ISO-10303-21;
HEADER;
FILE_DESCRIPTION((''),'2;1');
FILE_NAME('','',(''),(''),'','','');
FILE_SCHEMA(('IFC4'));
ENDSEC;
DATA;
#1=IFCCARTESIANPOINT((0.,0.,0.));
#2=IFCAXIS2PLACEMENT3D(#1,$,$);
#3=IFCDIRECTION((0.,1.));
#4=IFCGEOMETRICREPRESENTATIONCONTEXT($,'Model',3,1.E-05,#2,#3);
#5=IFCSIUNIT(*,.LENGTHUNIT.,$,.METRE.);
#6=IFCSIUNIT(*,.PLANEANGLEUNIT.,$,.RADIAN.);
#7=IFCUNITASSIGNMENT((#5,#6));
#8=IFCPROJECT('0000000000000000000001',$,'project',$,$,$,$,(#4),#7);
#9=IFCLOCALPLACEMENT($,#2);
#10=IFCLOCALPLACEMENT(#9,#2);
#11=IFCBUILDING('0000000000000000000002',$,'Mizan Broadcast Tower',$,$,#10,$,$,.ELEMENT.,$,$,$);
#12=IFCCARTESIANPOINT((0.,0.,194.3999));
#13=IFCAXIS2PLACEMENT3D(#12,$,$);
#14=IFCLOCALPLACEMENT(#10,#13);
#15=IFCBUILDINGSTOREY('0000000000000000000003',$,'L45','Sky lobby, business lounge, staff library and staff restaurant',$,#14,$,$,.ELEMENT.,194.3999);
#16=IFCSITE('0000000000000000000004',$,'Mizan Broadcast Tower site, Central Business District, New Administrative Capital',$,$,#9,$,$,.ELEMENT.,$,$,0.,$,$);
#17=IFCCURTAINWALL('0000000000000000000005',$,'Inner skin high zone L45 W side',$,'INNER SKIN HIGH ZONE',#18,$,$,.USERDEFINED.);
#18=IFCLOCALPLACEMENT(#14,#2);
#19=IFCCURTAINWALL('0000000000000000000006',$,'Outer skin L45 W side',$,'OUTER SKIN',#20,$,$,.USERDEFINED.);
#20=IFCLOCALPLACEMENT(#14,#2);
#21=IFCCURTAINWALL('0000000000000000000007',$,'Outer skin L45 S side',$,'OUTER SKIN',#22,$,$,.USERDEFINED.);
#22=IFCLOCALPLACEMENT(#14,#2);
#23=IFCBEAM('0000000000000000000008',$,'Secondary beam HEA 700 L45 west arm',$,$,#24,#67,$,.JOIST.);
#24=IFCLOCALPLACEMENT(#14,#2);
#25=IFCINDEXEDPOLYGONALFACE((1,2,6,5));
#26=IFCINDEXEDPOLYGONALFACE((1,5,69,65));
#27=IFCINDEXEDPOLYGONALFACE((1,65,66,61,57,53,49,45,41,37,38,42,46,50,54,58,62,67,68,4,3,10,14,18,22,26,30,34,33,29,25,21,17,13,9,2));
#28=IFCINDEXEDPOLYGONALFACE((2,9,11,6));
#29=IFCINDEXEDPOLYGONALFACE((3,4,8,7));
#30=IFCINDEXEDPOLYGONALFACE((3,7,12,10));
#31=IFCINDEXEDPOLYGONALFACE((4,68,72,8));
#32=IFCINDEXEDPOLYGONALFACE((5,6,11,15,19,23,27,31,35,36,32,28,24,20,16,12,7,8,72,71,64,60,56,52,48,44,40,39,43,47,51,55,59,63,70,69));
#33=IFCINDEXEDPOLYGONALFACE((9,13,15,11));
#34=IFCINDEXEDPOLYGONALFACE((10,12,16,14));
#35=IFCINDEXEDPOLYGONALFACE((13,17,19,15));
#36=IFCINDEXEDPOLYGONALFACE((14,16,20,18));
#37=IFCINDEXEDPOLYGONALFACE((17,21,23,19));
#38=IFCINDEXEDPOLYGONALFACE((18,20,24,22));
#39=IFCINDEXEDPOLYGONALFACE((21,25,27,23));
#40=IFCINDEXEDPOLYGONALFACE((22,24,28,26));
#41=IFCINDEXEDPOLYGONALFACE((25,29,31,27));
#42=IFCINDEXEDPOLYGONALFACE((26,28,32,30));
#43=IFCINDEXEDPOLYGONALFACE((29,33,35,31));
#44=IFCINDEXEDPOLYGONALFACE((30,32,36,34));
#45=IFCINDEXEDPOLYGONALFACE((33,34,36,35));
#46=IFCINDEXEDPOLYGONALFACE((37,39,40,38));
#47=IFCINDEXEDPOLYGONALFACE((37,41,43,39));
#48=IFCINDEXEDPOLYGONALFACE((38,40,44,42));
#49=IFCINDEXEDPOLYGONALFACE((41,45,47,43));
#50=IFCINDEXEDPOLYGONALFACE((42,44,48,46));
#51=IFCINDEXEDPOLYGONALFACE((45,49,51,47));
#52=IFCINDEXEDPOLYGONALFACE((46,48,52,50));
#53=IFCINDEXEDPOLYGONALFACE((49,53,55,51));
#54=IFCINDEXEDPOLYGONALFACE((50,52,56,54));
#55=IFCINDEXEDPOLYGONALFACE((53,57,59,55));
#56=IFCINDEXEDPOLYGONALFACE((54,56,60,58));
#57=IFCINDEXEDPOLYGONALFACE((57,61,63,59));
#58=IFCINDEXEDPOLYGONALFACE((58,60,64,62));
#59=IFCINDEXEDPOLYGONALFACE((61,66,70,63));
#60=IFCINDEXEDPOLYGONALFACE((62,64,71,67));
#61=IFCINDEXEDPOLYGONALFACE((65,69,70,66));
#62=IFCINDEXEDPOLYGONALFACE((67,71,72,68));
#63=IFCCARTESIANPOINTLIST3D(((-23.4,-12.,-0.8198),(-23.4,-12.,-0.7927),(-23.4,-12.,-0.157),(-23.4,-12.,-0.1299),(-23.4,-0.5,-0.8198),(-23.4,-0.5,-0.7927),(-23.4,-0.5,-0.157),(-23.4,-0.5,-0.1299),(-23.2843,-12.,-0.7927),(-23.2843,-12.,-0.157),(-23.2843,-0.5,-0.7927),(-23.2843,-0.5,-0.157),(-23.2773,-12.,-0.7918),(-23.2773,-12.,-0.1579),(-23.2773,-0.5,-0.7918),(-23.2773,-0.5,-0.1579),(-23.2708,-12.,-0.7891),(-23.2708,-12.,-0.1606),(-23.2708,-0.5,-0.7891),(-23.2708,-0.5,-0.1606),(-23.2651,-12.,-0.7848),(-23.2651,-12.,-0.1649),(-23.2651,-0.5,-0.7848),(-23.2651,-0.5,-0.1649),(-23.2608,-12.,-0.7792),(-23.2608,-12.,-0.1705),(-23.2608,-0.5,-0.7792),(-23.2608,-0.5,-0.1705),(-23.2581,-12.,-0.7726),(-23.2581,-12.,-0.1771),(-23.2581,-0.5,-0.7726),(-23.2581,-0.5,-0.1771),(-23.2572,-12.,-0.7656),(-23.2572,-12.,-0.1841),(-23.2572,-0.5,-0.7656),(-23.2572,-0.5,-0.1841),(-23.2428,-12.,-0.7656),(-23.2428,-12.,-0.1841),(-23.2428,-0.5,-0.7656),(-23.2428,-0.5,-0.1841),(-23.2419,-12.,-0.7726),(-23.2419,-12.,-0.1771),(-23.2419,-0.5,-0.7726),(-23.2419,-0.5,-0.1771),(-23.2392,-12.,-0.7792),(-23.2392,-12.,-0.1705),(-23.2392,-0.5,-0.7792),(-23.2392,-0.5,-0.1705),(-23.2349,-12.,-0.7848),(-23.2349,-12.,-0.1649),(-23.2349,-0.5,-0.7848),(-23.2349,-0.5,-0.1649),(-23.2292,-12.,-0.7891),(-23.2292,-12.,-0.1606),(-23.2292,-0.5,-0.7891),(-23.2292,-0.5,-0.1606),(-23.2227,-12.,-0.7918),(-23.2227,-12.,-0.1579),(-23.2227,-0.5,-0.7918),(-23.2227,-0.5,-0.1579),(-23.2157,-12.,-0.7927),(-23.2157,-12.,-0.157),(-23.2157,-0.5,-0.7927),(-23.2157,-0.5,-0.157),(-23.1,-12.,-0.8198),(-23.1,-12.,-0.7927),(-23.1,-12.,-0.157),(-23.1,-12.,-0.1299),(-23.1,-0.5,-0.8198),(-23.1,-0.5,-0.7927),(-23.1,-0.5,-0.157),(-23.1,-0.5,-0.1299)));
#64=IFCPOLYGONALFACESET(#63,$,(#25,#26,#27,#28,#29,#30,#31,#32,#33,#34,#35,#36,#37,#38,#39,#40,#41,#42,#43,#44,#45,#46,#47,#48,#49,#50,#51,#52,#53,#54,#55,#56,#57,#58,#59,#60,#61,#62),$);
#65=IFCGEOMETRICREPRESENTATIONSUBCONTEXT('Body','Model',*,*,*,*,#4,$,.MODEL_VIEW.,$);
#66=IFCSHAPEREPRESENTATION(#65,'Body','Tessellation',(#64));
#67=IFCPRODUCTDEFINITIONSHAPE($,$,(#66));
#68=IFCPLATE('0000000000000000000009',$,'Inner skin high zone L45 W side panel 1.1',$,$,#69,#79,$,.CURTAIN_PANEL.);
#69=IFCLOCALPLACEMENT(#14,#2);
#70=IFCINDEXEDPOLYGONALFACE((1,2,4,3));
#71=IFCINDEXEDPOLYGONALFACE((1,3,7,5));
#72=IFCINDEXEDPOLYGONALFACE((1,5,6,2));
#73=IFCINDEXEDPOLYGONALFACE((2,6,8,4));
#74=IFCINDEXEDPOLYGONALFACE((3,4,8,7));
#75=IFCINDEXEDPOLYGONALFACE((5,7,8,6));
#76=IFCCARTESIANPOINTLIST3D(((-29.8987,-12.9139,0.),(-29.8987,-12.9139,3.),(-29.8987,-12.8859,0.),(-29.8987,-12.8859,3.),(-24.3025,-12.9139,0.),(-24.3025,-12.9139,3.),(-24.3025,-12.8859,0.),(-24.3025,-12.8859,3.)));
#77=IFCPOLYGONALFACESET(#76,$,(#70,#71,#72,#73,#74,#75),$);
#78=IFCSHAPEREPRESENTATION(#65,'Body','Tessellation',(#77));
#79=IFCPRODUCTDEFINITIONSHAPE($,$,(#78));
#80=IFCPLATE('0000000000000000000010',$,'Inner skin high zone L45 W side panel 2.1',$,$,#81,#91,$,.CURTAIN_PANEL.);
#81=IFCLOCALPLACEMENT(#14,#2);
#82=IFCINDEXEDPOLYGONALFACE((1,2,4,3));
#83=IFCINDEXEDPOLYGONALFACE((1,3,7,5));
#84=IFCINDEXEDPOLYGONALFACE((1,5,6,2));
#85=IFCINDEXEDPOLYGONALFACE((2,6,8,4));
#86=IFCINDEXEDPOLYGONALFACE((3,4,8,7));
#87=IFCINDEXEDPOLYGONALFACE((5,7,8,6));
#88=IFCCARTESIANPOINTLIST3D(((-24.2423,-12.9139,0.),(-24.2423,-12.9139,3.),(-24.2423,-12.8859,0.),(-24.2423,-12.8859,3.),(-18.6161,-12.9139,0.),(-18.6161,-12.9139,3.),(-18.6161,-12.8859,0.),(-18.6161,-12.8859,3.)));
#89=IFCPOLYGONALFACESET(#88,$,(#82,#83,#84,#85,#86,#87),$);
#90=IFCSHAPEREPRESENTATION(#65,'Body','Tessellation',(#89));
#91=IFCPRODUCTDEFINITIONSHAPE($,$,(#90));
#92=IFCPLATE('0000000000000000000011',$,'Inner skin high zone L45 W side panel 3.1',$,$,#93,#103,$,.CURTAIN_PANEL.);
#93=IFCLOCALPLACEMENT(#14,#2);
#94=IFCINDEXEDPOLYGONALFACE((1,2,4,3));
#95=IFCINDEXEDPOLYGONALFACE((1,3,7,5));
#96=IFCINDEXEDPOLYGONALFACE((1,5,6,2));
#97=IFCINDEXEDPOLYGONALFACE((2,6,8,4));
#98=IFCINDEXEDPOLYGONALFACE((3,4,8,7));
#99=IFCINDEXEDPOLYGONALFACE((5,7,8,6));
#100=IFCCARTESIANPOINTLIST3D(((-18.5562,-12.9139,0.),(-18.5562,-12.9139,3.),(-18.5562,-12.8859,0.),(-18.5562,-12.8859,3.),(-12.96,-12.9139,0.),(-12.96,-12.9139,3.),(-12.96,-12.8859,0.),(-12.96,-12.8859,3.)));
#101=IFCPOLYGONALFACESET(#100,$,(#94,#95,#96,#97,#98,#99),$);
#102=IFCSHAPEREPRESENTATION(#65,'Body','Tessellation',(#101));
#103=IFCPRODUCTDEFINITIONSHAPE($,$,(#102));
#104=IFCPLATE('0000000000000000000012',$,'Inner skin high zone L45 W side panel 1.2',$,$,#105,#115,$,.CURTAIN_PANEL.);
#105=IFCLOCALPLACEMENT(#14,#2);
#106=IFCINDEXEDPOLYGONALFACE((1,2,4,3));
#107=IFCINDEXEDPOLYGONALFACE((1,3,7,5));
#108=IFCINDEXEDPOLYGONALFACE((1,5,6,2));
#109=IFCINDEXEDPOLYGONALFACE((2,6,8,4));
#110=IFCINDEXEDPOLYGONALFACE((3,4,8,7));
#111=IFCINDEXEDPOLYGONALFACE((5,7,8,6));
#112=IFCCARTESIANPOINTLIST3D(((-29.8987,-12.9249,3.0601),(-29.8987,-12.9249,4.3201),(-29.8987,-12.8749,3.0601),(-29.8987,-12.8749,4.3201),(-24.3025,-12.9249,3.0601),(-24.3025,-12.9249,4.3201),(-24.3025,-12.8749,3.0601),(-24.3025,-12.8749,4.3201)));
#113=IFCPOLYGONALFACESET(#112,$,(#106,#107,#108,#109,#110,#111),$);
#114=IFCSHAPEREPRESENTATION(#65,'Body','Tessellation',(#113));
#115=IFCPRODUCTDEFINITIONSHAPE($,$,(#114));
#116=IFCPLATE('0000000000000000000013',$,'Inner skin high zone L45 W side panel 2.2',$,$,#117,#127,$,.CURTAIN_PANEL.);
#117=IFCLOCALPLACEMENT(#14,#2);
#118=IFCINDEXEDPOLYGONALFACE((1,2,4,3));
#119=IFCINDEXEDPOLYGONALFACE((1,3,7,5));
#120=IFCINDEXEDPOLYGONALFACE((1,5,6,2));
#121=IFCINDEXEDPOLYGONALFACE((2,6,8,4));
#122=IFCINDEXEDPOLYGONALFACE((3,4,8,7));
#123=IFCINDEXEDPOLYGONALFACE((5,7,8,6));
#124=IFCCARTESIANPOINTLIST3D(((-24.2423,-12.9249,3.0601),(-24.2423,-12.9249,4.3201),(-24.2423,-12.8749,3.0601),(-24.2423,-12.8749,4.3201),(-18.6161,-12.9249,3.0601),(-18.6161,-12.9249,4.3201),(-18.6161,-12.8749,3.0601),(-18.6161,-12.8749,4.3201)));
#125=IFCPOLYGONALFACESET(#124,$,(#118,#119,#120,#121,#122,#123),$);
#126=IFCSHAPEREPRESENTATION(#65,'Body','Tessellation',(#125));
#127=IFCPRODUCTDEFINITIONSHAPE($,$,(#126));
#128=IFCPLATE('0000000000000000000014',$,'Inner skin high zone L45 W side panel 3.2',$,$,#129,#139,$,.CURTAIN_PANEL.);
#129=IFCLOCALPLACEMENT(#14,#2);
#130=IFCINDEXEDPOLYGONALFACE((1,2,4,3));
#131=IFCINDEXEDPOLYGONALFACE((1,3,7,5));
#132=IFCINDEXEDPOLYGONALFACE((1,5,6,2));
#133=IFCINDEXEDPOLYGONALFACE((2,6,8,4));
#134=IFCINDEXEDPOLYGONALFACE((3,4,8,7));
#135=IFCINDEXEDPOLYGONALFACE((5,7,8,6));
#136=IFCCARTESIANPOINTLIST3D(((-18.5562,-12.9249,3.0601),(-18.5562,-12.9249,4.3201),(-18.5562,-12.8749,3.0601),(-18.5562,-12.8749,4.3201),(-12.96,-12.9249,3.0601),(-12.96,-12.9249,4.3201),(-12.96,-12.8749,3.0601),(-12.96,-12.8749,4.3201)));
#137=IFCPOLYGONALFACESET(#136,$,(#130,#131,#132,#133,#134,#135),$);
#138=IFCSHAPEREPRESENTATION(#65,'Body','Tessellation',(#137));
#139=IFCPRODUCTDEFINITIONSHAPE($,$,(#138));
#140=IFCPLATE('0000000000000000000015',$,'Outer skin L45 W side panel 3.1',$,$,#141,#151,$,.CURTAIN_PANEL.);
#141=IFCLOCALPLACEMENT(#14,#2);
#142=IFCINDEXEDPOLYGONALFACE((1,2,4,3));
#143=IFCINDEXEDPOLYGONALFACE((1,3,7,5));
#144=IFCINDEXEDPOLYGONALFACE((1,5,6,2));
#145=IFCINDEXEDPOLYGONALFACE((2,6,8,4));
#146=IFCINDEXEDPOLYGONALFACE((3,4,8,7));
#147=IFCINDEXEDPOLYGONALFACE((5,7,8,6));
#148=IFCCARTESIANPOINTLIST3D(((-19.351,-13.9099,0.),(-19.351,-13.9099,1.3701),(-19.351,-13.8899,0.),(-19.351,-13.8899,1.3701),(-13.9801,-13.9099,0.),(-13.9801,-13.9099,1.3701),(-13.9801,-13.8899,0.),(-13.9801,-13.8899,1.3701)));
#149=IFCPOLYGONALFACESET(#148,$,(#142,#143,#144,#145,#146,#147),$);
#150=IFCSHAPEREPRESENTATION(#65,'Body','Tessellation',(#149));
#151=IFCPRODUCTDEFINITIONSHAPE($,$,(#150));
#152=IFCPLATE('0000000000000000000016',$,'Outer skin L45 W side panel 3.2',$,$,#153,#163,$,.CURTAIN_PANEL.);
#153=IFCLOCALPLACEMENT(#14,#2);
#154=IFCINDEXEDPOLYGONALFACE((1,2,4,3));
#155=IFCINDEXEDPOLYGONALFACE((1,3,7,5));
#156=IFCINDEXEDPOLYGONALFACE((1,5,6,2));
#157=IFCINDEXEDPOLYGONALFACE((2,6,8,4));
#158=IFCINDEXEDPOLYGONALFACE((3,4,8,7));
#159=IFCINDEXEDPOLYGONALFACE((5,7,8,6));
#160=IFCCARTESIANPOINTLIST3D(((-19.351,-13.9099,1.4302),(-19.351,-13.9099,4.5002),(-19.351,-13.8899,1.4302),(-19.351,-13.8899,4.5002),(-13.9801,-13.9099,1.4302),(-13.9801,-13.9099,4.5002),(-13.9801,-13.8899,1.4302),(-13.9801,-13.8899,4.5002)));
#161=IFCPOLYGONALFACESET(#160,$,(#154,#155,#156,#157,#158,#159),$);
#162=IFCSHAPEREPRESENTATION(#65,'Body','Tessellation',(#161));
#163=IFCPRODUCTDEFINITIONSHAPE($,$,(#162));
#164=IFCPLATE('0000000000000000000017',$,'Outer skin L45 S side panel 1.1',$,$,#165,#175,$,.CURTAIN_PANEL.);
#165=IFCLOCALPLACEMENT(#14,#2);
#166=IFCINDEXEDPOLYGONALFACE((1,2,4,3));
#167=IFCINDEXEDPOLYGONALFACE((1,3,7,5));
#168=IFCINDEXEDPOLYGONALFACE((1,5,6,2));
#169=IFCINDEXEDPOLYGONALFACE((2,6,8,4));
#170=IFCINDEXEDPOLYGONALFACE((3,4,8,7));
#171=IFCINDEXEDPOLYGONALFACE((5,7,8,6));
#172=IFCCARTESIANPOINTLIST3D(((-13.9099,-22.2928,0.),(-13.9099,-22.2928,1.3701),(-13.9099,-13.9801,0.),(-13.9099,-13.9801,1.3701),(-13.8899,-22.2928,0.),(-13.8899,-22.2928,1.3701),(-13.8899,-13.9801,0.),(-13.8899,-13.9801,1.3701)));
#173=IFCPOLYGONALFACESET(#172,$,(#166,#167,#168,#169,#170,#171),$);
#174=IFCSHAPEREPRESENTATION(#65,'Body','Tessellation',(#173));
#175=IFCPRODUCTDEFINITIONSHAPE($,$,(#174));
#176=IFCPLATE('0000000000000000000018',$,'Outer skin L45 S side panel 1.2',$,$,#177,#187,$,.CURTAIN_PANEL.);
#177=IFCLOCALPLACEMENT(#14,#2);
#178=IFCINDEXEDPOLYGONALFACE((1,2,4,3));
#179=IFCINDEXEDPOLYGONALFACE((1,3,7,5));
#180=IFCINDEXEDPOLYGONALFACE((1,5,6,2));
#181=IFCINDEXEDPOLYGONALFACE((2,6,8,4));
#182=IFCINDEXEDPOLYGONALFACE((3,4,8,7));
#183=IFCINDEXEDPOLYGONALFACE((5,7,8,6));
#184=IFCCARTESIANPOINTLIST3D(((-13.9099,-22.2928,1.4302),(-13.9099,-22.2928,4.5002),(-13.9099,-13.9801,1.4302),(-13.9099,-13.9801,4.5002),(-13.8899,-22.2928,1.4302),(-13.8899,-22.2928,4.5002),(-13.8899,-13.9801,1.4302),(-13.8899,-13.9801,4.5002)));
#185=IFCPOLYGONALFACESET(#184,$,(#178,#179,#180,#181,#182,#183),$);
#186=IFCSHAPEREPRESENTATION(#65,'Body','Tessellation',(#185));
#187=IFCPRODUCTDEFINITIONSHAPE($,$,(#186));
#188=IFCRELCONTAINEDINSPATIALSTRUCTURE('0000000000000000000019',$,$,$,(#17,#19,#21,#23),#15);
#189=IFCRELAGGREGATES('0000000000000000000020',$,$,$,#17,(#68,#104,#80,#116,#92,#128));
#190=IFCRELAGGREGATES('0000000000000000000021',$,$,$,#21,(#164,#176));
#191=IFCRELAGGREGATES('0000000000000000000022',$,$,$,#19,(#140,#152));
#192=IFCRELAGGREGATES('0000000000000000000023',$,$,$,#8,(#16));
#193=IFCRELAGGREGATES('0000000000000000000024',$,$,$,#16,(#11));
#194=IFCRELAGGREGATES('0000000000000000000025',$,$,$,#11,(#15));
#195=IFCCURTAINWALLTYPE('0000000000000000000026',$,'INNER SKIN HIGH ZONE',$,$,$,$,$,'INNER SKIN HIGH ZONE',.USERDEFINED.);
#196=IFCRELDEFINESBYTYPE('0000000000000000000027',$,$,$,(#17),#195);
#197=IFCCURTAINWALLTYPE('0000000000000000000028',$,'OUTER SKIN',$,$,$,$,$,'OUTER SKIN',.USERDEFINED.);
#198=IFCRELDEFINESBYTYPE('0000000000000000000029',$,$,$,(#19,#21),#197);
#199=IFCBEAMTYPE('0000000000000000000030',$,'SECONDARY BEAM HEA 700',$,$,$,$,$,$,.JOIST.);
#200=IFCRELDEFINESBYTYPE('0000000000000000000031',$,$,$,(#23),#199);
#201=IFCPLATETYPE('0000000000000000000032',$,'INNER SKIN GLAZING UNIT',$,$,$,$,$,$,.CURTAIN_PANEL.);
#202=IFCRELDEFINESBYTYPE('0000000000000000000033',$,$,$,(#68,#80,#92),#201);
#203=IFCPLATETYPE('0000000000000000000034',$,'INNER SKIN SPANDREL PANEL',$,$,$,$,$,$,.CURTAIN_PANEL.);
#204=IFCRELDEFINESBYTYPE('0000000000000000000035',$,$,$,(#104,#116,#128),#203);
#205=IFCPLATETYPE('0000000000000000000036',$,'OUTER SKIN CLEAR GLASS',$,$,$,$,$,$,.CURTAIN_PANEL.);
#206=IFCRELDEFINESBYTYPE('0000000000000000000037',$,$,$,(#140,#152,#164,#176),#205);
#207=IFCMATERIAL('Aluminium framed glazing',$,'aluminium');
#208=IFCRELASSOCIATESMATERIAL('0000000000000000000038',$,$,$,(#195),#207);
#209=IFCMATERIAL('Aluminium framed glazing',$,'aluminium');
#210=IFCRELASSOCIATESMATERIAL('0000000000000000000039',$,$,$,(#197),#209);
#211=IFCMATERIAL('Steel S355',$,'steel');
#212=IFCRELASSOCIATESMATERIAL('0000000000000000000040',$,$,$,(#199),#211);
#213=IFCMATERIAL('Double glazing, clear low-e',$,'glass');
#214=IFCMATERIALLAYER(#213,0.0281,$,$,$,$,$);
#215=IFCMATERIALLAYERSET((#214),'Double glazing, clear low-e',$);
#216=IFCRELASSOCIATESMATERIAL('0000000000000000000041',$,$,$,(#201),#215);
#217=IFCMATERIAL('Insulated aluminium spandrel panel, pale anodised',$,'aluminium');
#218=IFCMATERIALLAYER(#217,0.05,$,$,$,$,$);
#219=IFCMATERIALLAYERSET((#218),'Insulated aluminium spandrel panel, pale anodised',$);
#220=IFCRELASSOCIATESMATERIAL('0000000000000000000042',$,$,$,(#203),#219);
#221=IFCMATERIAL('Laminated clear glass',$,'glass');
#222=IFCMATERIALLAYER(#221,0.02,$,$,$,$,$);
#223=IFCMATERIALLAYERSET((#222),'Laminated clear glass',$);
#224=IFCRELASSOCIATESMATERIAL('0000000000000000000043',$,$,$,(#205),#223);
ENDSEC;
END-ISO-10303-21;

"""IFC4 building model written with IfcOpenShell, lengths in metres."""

from ifc_helpers import new_model, si_unit, direction, frame, origin, origin_2d, place, context, subcontext, project, spatial, rectangle, i_section, extrude, material, layer, layer_set, material_profile, profile_set, type_object, element, aggregate, save


model = new_model("IFC4")

# Units and contexts
model_context = context("Model", 3, precision=1e-05, world=origin(), true_north=direction((0.0, 1.0)))
body_context = subcontext(model_context, "Body", "Model", "MODEL_VIEW")
ifc_project = project(units=[si_unit("LENGTHUNIT", "METRE"), si_unit("PLANEANGLEUNIT", "RADIAN")], contexts=[model_context])

# Site, building, storey
site_placement = place(None, origin())
site = spatial("IfcSite", under=ifc_project, at=site_placement, Name="Mizan Broadcast Tower site, Central Business District, New Administrative Capital", CompositionType="ELEMENT", RefElevation=0.0)
building_placement = place(site_placement, origin())
building = spatial("IfcBuilding", under=site, at=building_placement, Name="Mizan Broadcast Tower", CompositionType="ELEMENT")
storey_placement = place(building_placement, frame((0.0, 0.0, 194.3999)))
storey = spatial("IfcBuildingStorey", under=building, at=storey_placement, Name="L45", Description="Sky lobby, business lounge, staff library and staff restaurant", CompositionType="ELEMENT", Elevation=194.3999)

# Curtain walls
ifc_material_1 = material(Name="Aluminium framed glazing", Category="aluminium")
curtain_wall_type_1 = type_object("IfcCurtainWallType", Name="INNER SKIN HIGH ZONE", ElementType="INNER SKIN HIGH ZONE", PredefinedType="USERDEFINED", material=ifc_material_1)
curtain_wall_1_placement = place(storey_placement, origin())
curtain_wall_1 = element("IfcCurtainWall", 1, at=curtain_wall_1_placement, inside=storey, type_object=curtain_wall_type_1, Name="Inner skin high zone L45 W side", ObjectType="INNER SKIN HIGH ZONE", PredefinedType="USERDEFINED")
ifc_material_2 = material(Name="Aluminium framed glazing", Category="aluminium")
curtain_wall_type_2 = type_object("IfcCurtainWallType", Name="OUTER SKIN", ElementType="OUTER SKIN", PredefinedType="USERDEFINED", material=ifc_material_2)
curtain_wall_2_placement = place(storey_placement, origin())
curtain_wall_2 = element("IfcCurtainWall", 2, at=curtain_wall_2_placement, inside=storey, type_object=curtain_wall_type_2, Name="Outer skin L45 W side", ObjectType="OUTER SKIN", PredefinedType="USERDEFINED")

# Curtain wall
curtain_wall_3_placement = place(storey_placement, origin())
curtain_wall_3 = element("IfcCurtainWall", 3, at=curtain_wall_3_placement, inside=storey, type_object=curtain_wall_type_2, Name="Outer skin L45 S side", ObjectType="OUTER SKIN", PredefinedType="USERDEFINED")

# Beam
ifc_material_3 = material(Name="Steel S355", Category="steel")
ifc_material_profile_1 = material_profile(ifc_material_3, i_section(OverallWidth=0.3, OverallDepth=0.6899, WebThickness=0.0144, FlangeThickness=0.0271, FilletRadius=0.0271, at=origin_2d()), Name="HEA 700")
ifc_profile_set_1 = profile_set([ifc_material_profile_1], Name="Steel S355")
beam_type_1 = type_object("IfcBeamType", Name="SECONDARY BEAM HEA 700", PredefinedType="JOIST", material=ifc_profile_set_1)
beam_1_placement = place(storey_placement, frame((-23.25, -12.0, -0.4749), z_axis=(0.0, 1.0, 0.0), x_axis=(-1.0, 0.0, 0.0)))
element("IfcBeam", 4, at=beam_1_placement, inside=storey, type_object=beam_type_1, Name="Secondary beam HEA 700 L45 west arm", PredefinedType="JOIST", context=body_context, shape_type="SweptSolid", body=[
    extrude(i_section(OverallWidth=0.3, OverallDepth=0.6899, WebThickness=0.0144, FlangeThickness=0.0271, FilletRadius=0.0271, at=origin_2d()), origin(), (0.0, 0.0, 1.0), 11.5),
])

# Plates
ifc_material_4 = material(Name="Double glazing, clear low-e", Category="glass")
ifc_layer_1 = layer(ifc_material_4, 0.0281)
ifc_layer_set_1 = layer_set([ifc_layer_1], Name="Double glazing, clear low-e")
plate_type_1 = type_object("IfcPlateType", Name="INNER SKIN GLAZING UNIT", PredefinedType="CURTAIN_PANEL", material=ifc_layer_set_1)
plate_1_placement = place(storey_placement, frame((-27.1006, -12.8999, 0.0), z_axis=(0.0, 0.0, 1.0), x_axis=(1.0, 0.0, 0.0)))
plate_1 = element("IfcPlate", 5, at=plate_1_placement, type_object=plate_type_1, Name="Inner skin high zone L45 W side panel 1.1", PredefinedType="CURTAIN_PANEL", context=body_context, shape_type="SweptSolid", body=[
    extrude(rectangle(XDim=5.5962, YDim=0.0281, at=origin_2d()), origin(), (0.0, 0.0, 1.0), 3.0),
])
plate_2_placement = place(storey_placement, frame((-21.4292, -12.8999, 0.0), z_axis=(0.0, 0.0, 1.0), x_axis=(1.0, 0.0, 0.0)))
plate_2 = element("IfcPlate", 6, at=plate_2_placement, type_object=plate_type_1, Name="Inner skin high zone L45 W side panel 2.1", PredefinedType="CURTAIN_PANEL", context=body_context, shape_type="SweptSolid", body=[
    extrude(rectangle(XDim=5.6262, YDim=0.0281, at=origin_2d()), origin(), (0.0, 0.0, 1.0), 3.0),
])
plate_3_placement = place(storey_placement, frame((-15.7581, -12.8999, 0.0), z_axis=(0.0, 0.0, 1.0), x_axis=(1.0, 0.0, 0.0)))
plate_3 = element("IfcPlate", 7, at=plate_3_placement, type_object=plate_type_1, Name="Inner skin high zone L45 W side panel 3.1", PredefinedType="CURTAIN_PANEL", context=body_context, shape_type="SweptSolid", body=[
    extrude(rectangle(XDim=5.5962, YDim=0.0281, at=origin_2d()), origin(), (0.0, 0.0, 1.0), 3.0),
])
ifc_material_5 = material(Name="Insulated aluminium spandrel panel, pale anodised", Category="aluminium")
ifc_layer_2 = layer(ifc_material_5, 0.05)
ifc_layer_set_2 = layer_set([ifc_layer_2], Name="Insulated aluminium spandrel panel, pale anodised")
plate_type_2 = type_object("IfcPlateType", Name="INNER SKIN SPANDREL PANEL", PredefinedType="CURTAIN_PANEL", material=ifc_layer_set_2)
plate_4_placement = place(storey_placement, frame((-27.1006, -12.8999, 3.0601), z_axis=(0.0, 0.0, 1.0), x_axis=(1.0, 0.0, 0.0)))
plate_4 = element("IfcPlate", 8, at=plate_4_placement, type_object=plate_type_2, Name="Inner skin high zone L45 W side panel 1.2", PredefinedType="CURTAIN_PANEL", context=body_context, shape_type="SweptSolid", body=[
    extrude(rectangle(XDim=5.5962, YDim=0.05, at=origin_2d()), origin(), (0.0, 0.0, 1.0), 1.26),
])
plate_5_placement = place(storey_placement, frame((-21.4292, -12.8999, 3.0601), z_axis=(0.0, 0.0, 1.0), x_axis=(1.0, 0.0, 0.0)))
plate_5 = element("IfcPlate", 9, at=plate_5_placement, type_object=plate_type_2, Name="Inner skin high zone L45 W side panel 2.2", PredefinedType="CURTAIN_PANEL", context=body_context, shape_type="SweptSolid", body=[
    extrude(rectangle(XDim=5.6262, YDim=0.05, at=origin_2d()), origin(), (0.0, 0.0, 1.0), 1.26),
])
plate_6_placement = place(storey_placement, frame((-15.7581, -12.8999, 3.0601), z_axis=(0.0, 0.0, 1.0), x_axis=(1.0, 0.0, 0.0)))
plate_6 = element("IfcPlate", 10, at=plate_6_placement, type_object=plate_type_2, Name="Inner skin high zone L45 W side panel 3.2", PredefinedType="CURTAIN_PANEL", context=body_context, shape_type="SweptSolid", body=[
    extrude(rectangle(XDim=5.5962, YDim=0.05, at=origin_2d()), origin(), (0.0, 0.0, 1.0), 1.26),
])
aggregate(curtain_wall_1, [plate_1, plate_4, plate_2, plate_5, plate_3, plate_6])
ifc_material_6 = material(Name="Laminated clear glass", Category="glass")
ifc_layer_3 = layer(ifc_material_6, 0.02)
ifc_layer_set_3 = layer_set([ifc_layer_3], Name="Laminated clear glass")
plate_type_3 = type_object("IfcPlateType", Name="OUTER SKIN CLEAR GLASS", PredefinedType="CURTAIN_PANEL", material=ifc_layer_set_3)
plate_7_placement = place(storey_placement, frame((-16.6655, -13.8999, 0.0), z_axis=(0.0, 0.0, 1.0), x_axis=(1.0, 0.0, 0.0)))
plate_7 = element("IfcPlate", 11, at=plate_7_placement, type_object=plate_type_3, Name="Outer skin L45 W side panel 3.1", PredefinedType="CURTAIN_PANEL", context=body_context, shape_type="SweptSolid", body=[
    extrude(rectangle(XDim=5.3708, YDim=0.02, at=origin_2d()), origin(), (0.0, 0.0, 1.0), 1.3701),
])
plate_8_placement = place(storey_placement, frame((-16.6655, -13.8999, 1.4302), z_axis=(0.0, 0.0, 1.0), x_axis=(1.0, 0.0, 0.0)))
plate_8 = element("IfcPlate", 12, at=plate_8_placement, type_object=plate_type_3, Name="Outer skin L45 W side panel 3.2", PredefinedType="CURTAIN_PANEL", context=body_context, shape_type="SweptSolid", body=[
    extrude(rectangle(XDim=5.3708, YDim=0.02, at=origin_2d()), origin(), (0.0, 0.0, 1.0), 3.0701),
])
plate_9_placement = place(storey_placement, frame((-13.8999, -18.1365, 0.0), z_axis=(0.0, 0.0, 1.0), x_axis=(0.0, -1.0, 0.0)))
plate_9 = element("IfcPlate", 13, at=plate_9_placement, type_object=plate_type_3, Name="Outer skin L45 S side panel 1.1", PredefinedType="CURTAIN_PANEL", context=body_context, shape_type="SweptSolid", body=[
    extrude(rectangle(XDim=8.3127, YDim=0.02, at=origin_2d()), origin(), (0.0, 0.0, 1.0), 1.3701),
])
plate_10_placement = place(storey_placement, frame((-13.8999, -18.1365, 1.4302), z_axis=(0.0, 0.0, 1.0), x_axis=(0.0, -1.0, 0.0)))
plate_10 = element("IfcPlate", 14, at=plate_10_placement, type_object=plate_type_3, Name="Outer skin L45 S side panel 1.2", PredefinedType="CURTAIN_PANEL", context=body_context, shape_type="SweptSolid", body=[
    extrude(rectangle(XDim=8.3127, YDim=0.02, at=origin_2d()), origin(), (0.0, 0.0, 1.0), 3.0701),
])
aggregate(curtain_wall_3, [plate_9, plate_10])
aggregate(curtain_wall_2, [plate_7, plate_8])

save(model, "model.ifc")
